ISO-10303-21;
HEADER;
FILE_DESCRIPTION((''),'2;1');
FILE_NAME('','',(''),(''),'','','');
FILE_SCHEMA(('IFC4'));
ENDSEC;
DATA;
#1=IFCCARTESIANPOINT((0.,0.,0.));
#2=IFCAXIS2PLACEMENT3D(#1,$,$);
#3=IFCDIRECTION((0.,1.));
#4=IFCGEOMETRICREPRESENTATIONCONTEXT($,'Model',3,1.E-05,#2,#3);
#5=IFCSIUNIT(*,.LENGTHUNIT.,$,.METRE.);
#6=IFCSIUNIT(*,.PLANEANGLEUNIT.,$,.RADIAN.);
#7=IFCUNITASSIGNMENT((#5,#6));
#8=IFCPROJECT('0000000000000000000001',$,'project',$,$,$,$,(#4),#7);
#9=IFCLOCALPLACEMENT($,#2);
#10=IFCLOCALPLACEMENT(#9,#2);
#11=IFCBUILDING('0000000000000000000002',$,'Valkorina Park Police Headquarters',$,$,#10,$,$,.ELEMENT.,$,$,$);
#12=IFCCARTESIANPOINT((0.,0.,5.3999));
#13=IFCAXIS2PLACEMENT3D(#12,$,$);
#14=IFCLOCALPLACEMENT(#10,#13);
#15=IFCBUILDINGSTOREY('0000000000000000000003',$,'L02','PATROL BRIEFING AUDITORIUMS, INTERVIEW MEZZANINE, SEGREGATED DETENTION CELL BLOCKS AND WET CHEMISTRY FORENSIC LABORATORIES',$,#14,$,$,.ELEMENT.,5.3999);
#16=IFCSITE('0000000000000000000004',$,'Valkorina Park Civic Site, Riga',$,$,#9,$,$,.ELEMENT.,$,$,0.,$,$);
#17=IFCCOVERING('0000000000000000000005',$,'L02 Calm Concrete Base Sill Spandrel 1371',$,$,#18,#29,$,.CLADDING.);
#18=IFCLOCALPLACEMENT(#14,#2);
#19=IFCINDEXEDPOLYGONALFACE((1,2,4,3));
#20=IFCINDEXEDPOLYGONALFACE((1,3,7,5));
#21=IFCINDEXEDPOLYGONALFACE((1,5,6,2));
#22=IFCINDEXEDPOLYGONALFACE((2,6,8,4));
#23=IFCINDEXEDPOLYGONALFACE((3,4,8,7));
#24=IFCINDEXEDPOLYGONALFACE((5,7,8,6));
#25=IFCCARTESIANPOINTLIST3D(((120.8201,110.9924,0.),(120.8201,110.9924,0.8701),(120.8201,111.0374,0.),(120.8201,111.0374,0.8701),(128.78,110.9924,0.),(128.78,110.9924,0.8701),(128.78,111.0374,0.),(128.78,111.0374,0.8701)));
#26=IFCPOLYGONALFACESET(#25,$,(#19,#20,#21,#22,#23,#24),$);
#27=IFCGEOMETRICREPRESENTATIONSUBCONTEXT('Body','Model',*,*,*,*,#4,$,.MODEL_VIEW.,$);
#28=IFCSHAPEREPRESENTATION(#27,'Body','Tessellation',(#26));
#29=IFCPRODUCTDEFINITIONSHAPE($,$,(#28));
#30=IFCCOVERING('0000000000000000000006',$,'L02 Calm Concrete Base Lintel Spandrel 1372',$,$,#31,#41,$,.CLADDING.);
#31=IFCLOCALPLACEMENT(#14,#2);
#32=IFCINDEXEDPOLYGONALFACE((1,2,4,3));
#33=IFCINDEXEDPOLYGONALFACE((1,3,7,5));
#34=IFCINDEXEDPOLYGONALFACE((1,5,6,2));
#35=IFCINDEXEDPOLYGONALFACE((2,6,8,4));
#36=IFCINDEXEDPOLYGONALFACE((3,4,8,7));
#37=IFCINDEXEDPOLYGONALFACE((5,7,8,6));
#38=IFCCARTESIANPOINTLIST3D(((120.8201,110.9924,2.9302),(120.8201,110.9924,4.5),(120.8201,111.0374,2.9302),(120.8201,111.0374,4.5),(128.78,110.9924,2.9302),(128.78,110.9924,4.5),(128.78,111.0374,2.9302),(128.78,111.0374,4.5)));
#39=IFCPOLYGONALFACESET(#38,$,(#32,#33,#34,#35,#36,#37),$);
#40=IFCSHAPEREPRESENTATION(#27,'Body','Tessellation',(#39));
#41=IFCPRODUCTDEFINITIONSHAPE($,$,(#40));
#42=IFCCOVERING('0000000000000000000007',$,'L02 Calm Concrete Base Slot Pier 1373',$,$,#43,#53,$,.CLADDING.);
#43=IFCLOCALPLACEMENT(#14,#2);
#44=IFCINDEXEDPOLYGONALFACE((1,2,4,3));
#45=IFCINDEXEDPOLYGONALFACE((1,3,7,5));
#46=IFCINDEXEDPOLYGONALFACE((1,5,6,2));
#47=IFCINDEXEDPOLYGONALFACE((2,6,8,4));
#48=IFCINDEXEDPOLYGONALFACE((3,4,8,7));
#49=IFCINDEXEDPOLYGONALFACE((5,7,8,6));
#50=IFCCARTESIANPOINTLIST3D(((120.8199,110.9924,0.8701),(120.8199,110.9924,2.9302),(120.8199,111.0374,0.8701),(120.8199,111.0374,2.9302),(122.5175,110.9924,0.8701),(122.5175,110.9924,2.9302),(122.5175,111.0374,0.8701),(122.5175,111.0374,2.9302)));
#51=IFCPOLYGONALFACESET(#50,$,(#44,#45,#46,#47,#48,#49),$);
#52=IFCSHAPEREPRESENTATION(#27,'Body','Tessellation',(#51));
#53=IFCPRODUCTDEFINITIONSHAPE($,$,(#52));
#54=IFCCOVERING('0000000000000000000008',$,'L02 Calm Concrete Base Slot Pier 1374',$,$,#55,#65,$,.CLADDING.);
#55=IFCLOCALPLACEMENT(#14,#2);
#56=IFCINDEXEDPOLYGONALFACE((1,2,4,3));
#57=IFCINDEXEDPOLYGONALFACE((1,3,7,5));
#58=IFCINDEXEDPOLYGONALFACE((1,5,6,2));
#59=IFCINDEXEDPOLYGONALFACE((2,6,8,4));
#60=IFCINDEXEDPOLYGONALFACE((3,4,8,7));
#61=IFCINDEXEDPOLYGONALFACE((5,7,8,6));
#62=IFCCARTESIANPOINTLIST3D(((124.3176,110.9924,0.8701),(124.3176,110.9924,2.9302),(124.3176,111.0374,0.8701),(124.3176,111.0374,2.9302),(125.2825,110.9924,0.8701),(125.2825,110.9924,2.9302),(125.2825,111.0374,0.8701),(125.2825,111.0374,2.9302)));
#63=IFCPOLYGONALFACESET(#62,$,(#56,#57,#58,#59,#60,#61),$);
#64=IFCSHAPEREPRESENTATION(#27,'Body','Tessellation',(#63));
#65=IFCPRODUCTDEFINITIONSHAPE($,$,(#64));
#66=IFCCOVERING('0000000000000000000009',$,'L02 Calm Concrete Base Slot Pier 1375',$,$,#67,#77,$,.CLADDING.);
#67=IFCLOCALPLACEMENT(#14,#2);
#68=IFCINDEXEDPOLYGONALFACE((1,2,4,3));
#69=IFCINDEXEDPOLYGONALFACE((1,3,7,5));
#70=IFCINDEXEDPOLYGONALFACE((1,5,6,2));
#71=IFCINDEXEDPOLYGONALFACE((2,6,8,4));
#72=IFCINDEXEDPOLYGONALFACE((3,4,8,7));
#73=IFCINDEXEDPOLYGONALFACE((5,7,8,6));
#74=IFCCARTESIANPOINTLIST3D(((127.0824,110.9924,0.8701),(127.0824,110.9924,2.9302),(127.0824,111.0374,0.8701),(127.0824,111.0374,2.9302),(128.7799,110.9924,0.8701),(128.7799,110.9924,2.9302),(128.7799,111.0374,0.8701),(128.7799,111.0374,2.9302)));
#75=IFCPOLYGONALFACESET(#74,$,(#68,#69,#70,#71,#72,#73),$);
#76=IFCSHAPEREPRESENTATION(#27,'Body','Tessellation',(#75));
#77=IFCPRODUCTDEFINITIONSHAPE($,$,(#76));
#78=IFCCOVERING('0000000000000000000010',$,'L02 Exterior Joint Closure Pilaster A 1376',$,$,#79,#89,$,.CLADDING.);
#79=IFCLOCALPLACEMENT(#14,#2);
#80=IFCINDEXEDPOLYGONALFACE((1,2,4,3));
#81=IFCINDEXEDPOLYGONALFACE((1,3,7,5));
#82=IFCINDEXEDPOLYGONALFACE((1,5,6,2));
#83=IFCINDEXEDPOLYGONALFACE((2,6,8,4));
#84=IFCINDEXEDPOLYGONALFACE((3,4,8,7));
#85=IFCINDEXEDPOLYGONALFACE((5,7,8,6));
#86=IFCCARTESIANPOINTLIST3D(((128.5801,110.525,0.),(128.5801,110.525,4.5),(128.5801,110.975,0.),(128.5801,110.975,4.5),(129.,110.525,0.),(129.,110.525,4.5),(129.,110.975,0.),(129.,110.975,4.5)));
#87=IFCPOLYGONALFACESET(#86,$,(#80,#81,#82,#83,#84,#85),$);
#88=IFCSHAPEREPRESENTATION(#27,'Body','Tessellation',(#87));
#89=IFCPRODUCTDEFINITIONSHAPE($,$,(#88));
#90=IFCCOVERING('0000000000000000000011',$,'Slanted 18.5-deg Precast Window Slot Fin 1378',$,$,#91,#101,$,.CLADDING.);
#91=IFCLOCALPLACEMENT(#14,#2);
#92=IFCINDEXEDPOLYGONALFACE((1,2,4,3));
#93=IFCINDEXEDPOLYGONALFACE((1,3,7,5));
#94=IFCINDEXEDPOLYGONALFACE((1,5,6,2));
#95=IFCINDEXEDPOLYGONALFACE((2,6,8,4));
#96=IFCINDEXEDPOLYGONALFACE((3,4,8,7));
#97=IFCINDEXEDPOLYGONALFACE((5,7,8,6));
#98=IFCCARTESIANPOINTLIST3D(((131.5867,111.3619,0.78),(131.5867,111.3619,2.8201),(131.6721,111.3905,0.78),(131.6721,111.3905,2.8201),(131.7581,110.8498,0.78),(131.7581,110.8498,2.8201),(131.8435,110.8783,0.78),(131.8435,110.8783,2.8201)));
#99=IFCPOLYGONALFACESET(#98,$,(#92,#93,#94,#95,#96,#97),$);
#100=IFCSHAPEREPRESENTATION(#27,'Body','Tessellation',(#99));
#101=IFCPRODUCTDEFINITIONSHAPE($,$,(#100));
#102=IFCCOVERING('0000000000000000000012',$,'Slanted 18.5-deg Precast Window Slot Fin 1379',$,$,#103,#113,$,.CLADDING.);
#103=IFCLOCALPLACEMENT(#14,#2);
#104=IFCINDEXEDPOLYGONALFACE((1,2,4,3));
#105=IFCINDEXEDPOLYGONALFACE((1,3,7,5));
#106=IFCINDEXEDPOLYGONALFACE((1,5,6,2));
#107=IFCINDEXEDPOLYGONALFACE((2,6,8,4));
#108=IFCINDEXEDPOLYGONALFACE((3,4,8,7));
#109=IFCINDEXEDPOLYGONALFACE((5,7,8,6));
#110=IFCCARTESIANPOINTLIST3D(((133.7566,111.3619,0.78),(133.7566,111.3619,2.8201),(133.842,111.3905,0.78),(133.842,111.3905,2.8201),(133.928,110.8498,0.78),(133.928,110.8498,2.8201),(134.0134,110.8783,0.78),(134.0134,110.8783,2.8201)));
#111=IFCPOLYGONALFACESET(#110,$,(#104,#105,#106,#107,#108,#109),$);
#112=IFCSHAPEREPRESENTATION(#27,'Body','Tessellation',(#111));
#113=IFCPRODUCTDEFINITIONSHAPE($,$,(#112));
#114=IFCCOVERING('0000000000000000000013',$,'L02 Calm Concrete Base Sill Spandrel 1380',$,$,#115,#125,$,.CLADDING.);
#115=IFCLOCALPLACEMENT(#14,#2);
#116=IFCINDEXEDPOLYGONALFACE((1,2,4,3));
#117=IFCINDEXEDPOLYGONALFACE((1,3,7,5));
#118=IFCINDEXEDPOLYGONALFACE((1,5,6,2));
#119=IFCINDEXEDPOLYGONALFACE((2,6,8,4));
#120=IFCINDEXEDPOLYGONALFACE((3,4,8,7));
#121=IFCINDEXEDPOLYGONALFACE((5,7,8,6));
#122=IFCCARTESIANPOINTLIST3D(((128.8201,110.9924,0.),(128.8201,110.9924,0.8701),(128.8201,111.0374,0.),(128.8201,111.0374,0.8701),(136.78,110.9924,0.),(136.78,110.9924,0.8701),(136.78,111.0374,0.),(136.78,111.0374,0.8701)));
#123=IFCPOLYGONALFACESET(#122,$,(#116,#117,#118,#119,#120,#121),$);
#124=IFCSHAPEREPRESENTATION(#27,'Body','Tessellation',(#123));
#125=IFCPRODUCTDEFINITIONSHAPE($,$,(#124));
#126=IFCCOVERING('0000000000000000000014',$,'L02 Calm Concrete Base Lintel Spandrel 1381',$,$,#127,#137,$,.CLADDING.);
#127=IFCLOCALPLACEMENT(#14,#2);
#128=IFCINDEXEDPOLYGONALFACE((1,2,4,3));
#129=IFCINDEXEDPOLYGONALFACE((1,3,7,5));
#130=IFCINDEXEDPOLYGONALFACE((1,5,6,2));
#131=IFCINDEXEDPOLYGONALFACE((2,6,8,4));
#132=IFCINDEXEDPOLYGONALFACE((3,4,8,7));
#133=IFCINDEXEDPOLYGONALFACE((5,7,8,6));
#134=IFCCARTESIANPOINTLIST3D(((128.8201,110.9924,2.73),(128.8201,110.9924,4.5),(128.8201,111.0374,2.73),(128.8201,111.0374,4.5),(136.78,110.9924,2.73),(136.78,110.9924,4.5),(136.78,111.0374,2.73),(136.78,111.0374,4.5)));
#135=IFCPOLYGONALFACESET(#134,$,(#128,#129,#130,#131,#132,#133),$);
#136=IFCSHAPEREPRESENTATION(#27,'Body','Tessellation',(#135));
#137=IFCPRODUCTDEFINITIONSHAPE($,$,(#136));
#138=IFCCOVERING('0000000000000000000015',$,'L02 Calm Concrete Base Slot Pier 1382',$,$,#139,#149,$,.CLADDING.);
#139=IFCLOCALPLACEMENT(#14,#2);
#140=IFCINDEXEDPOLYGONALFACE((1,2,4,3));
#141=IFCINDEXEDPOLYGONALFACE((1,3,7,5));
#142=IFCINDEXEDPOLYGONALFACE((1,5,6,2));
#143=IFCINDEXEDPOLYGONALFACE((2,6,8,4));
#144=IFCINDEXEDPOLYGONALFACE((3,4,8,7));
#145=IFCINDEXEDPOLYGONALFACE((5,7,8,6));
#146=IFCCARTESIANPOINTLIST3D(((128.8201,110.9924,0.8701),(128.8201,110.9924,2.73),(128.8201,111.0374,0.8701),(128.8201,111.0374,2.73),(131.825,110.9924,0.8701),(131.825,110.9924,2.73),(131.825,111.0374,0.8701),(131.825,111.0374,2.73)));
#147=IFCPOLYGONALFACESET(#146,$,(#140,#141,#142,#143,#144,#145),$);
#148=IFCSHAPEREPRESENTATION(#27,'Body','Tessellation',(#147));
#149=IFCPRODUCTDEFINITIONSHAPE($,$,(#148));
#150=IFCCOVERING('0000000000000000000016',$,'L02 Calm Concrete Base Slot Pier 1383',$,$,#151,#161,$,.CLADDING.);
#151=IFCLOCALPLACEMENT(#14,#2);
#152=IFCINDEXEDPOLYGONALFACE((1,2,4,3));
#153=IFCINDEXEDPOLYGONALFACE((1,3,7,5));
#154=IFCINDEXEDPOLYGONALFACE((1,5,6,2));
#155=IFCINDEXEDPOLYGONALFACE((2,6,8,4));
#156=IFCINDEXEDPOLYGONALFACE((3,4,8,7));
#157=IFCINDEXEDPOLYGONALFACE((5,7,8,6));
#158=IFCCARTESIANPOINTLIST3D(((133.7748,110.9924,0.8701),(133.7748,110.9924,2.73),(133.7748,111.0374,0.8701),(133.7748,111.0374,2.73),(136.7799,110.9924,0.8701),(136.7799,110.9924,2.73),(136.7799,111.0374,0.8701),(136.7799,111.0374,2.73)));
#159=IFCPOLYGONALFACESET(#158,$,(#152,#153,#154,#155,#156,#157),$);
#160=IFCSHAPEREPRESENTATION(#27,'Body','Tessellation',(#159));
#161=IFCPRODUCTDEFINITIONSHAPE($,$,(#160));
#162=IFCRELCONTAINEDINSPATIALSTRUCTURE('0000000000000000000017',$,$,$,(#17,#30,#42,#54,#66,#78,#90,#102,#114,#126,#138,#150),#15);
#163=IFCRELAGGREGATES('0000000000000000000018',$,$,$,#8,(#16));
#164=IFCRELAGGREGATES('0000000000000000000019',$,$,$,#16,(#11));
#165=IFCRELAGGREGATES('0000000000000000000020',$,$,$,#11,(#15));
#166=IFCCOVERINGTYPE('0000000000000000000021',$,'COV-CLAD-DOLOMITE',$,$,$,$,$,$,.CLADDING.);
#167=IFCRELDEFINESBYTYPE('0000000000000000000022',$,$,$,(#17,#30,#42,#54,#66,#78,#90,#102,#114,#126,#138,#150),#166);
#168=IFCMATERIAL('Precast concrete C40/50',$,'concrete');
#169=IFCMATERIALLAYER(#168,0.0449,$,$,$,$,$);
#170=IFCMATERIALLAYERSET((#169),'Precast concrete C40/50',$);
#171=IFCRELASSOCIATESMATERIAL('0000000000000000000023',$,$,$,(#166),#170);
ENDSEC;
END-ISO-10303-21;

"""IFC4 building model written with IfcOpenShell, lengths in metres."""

from ifc_helpers import new_model, si_unit, direction, frame, frame_2d, origin, origin_2d, place, context, subcontext, project, spatial, rectangle, extrude, material, layer, layer_set, type_object, element, save


model = new_model("IFC4")

# Units and contexts
model_context = context("Model", 3, precision=1e-05, world=origin(), true_north=direction((0.0, 1.0)))
body_context = subcontext(model_context, "Body", "Model", "MODEL_VIEW")
ifc_project = project(units=[si_unit("LENGTHUNIT", "METRE"), si_unit("PLANEANGLEUNIT", "RADIAN")], contexts=[model_context])

# Site, building, storey
site_placement = place(None, origin())
site = spatial("IfcSite", under=ifc_project, at=site_placement, Name="Valkorina Park Civic Site, Riga", CompositionType="ELEMENT", RefElevation=0.0)
building_placement = place(site_placement, origin())
building = spatial("IfcBuilding", under=site, at=building_placement, Name="Valkorina Park Police Headquarters", CompositionType="ELEMENT")
storey_placement = place(building_placement, frame((0.0, 0.0, 5.3999)))
storey = spatial("IfcBuildingStorey", under=building, at=storey_placement, Name="L02", Description="PATROL BRIEFING AUDITORIUMS, INTERVIEW MEZZANINE, SEGREGATED DETENTION CELL BLOCKS AND WET CHEMISTRY FORENSIC LABORATORIES", CompositionType="ELEMENT", Elevation=5.3999)

# Shared definitions
ifc_material_1 = material(Name="Precast concrete C40/50", Category="concrete")

# Coverings
ifc_layer_1 = layer(ifc_material_1, 0.0449)
ifc_layer_set_1 = layer_set([ifc_layer_1], Name="Precast concrete C40/50")
covering_type = type_object("IfcCoveringType", Name="COV-CLAD-DOLOMITE", PredefinedType="CLADDING", material=ifc_layer_set_1)
covering_1_placement = place(storey_placement, frame((120.8201, 111.0149, 0.0), z_axis=(0.0, 0.0, 1.0), x_axis=(1.0, 0.0, 0.0)))
element("IfcCovering", 1, at=covering_1_placement, inside=storey, type_object=covering_type, Name="L02 Calm Concrete Base Sill Spandrel 1371", PredefinedType="CLADDING", context=body_context, shape_type="SweptSolid", body=[
    extrude(rectangle(XDim=7.96, YDim=0.0449, at=frame_2d((3.98, 0.0))), origin(), (0.0, 0.0, 1.0), 0.8701),
])
covering_2_placement = place(storey_placement, frame((120.8201, 111.0149, 2.9302), z_axis=(0.0, 0.0, 1.0), x_axis=(1.0, 0.0, 0.0)))
element("IfcCovering", 2, at=covering_2_placement, inside=storey, type_object=covering_type, Name="L02 Calm Concrete Base Lintel Spandrel 1372", PredefinedType="CLADDING", context=body_context, shape_type="SweptSolid", body=[
    extrude(rectangle(XDim=7.96, YDim=0.0449, at=frame_2d((3.98, 0.0))), origin(), (0.0, 0.0, 1.0), 1.5698),
])
covering_3_placement = place(storey_placement, frame((120.8201, 111.0149, 0.8701), z_axis=(0.0, 0.0, 1.0), x_axis=(1.0, 0.0, 0.0)))
element("IfcCovering", 3, at=covering_3_placement, inside=storey, type_object=covering_type, Name="L02 Calm Concrete Base Slot Pier 1373", PredefinedType="CLADDING", context=body_context, shape_type="SweptSolid", body=[
    extrude(rectangle(XDim=1.6975, YDim=0.0449, at=frame_2d((0.8486, 0.0))), origin(), (0.0, 0.0, 1.0), 2.0601),
])
covering_4_placement = place(storey_placement, frame((124.3176, 111.0149, 0.8701), z_axis=(0.0, 0.0, 1.0), x_axis=(1.0, 0.0, 0.0)))
element("IfcCovering", 4, at=covering_4_placement, inside=storey, type_object=covering_type, Name="L02 Calm Concrete Base Slot Pier 1374", PredefinedType="CLADDING", context=body_context, shape_type="SweptSolid", body=[
    extrude(rectangle(XDim=0.9648, YDim=0.0449, at=frame_2d((0.4824, 0.0))), origin(), (0.0, 0.0, 1.0), 2.0601),
])
covering_5_placement = place(storey_placement, frame((127.0825, 111.0149, 0.8701), z_axis=(0.0, 0.0, 1.0), x_axis=(1.0, 0.0, 0.0)))
element("IfcCovering", 5, at=covering_5_placement, inside=storey, type_object=covering_type, Name="L02 Calm Concrete Base Slot Pier 1375", PredefinedType="CLADDING", context=body_context, shape_type="SweptSolid", body=[
    extrude(rectangle(XDim=1.6975, YDim=0.0449, at=frame_2d((0.8486, 0.0))), origin(), (0.0, 0.0, 1.0), 2.0601),
])
covering_6_placement = place(storey_placement, frame((128.79, 110.75, 0.0), z_axis=(0.0, 0.0, 1.0), x_axis=(1.0, 0.0, 0.0)))
element("IfcCovering", 6, at=covering_6_placement, inside=storey, type_object=covering_type, Name="L02 Exterior Joint Closure Pilaster A 1376", PredefinedType="CLADDING", context=body_context, shape_type="SweptSolid", body=[
    extrude(rectangle(XDim=0.4199, YDim=0.45, at=origin_2d()), origin(), (0.0, 0.0, 1.0), 4.5),
])
for number, where, z_axis, x_axis, name in (
    (7, (131.7151, 111.1201, 0.78), (0.0, 0.0, 1.0), (-0.317305, 0.948324, 0.0), "Slanted 18.5-deg Precast Window Slot Fin 1378"),
    (8, (133.885, 111.1201, 0.78), (0.0, 0.0, 1.0), (-0.317305, 0.948324, 0.0), "Slanted 18.5-deg Precast Window Slot Fin 1379"),
):
    element("IfcCovering", number, at=place(storey_placement, frame(where, z_axis=z_axis, x_axis=x_axis)), inside=storey, type_object=covering_type, Name=name, PredefinedType="CLADDING", context=body_context, shape_type="SweptSolid", body=[
        extrude(rectangle(XDim=0.54, YDim=0.0901, at=origin_2d()), origin(), (0.0, 0.0, 1.0), 2.04),
    ])
covering_7_placement = place(storey_placement, frame((128.8201, 111.0149, 0.0), z_axis=(0.0, 0.0, 1.0), x_axis=(1.0, 0.0, 0.0)))
element("IfcCovering", 9, at=covering_7_placement, inside=storey, type_object=covering_type, Name="L02 Calm Concrete Base Sill Spandrel 1380", PredefinedType="CLADDING", context=body_context, shape_type="SweptSolid", body=[
    extrude(rectangle(XDim=7.96, YDim=0.0449, at=frame_2d((3.98, 0.0))), origin(), (0.0, 0.0, 1.0), 0.8701),
])
covering_8_placement = place(storey_placement, frame((128.8201, 111.0149, 2.73), z_axis=(0.0, 0.0, 1.0), x_axis=(1.0, 0.0, 0.0)))
element("IfcCovering", 10, at=covering_8_placement, inside=storey, type_object=covering_type, Name="L02 Calm Concrete Base Lintel Spandrel 1381", PredefinedType="CLADDING", context=body_context, shape_type="SweptSolid", body=[
    extrude(rectangle(XDim=7.96, YDim=0.0449, at=frame_2d((3.98, 0.0))), origin(), (0.0, 0.0, 1.0), 1.77),
])
covering_9_placement = place(storey_placement, frame((128.8201, 111.0149, 0.8701), z_axis=(0.0, 0.0, 1.0), x_axis=(1.0, 0.0, 0.0)))
element("IfcCovering", 11, at=covering_9_placement, inside=storey, type_object=covering_type, Name="L02 Calm Concrete Base Slot Pier 1382", PredefinedType="CLADDING", context=body_context, shape_type="SweptSolid", body=[
    extrude(rectangle(XDim=3.0049, YDim=0.0449, at=frame_2d((1.5024, 0.0))), origin(), (0.0, 0.0, 1.0), 1.8599),
])
covering_10_placement = place(storey_placement, frame((133.7749, 111.0149, 0.8701), z_axis=(0.0, 0.0, 1.0), x_axis=(1.0, 0.0, 0.0)))
element("IfcCovering", 12, at=covering_10_placement, inside=storey, type_object=covering_type, Name="L02 Calm Concrete Base Slot Pier 1383", PredefinedType="CLADDING", context=body_context, shape_type="SweptSolid", body=[
    extrude(rectangle(XDim=3.0051, YDim=0.0449, at=frame_2d((1.5024, 0.0))), origin(), (0.0, 0.0, 1.0), 1.8599),
])

save(model, "model.ifc")
